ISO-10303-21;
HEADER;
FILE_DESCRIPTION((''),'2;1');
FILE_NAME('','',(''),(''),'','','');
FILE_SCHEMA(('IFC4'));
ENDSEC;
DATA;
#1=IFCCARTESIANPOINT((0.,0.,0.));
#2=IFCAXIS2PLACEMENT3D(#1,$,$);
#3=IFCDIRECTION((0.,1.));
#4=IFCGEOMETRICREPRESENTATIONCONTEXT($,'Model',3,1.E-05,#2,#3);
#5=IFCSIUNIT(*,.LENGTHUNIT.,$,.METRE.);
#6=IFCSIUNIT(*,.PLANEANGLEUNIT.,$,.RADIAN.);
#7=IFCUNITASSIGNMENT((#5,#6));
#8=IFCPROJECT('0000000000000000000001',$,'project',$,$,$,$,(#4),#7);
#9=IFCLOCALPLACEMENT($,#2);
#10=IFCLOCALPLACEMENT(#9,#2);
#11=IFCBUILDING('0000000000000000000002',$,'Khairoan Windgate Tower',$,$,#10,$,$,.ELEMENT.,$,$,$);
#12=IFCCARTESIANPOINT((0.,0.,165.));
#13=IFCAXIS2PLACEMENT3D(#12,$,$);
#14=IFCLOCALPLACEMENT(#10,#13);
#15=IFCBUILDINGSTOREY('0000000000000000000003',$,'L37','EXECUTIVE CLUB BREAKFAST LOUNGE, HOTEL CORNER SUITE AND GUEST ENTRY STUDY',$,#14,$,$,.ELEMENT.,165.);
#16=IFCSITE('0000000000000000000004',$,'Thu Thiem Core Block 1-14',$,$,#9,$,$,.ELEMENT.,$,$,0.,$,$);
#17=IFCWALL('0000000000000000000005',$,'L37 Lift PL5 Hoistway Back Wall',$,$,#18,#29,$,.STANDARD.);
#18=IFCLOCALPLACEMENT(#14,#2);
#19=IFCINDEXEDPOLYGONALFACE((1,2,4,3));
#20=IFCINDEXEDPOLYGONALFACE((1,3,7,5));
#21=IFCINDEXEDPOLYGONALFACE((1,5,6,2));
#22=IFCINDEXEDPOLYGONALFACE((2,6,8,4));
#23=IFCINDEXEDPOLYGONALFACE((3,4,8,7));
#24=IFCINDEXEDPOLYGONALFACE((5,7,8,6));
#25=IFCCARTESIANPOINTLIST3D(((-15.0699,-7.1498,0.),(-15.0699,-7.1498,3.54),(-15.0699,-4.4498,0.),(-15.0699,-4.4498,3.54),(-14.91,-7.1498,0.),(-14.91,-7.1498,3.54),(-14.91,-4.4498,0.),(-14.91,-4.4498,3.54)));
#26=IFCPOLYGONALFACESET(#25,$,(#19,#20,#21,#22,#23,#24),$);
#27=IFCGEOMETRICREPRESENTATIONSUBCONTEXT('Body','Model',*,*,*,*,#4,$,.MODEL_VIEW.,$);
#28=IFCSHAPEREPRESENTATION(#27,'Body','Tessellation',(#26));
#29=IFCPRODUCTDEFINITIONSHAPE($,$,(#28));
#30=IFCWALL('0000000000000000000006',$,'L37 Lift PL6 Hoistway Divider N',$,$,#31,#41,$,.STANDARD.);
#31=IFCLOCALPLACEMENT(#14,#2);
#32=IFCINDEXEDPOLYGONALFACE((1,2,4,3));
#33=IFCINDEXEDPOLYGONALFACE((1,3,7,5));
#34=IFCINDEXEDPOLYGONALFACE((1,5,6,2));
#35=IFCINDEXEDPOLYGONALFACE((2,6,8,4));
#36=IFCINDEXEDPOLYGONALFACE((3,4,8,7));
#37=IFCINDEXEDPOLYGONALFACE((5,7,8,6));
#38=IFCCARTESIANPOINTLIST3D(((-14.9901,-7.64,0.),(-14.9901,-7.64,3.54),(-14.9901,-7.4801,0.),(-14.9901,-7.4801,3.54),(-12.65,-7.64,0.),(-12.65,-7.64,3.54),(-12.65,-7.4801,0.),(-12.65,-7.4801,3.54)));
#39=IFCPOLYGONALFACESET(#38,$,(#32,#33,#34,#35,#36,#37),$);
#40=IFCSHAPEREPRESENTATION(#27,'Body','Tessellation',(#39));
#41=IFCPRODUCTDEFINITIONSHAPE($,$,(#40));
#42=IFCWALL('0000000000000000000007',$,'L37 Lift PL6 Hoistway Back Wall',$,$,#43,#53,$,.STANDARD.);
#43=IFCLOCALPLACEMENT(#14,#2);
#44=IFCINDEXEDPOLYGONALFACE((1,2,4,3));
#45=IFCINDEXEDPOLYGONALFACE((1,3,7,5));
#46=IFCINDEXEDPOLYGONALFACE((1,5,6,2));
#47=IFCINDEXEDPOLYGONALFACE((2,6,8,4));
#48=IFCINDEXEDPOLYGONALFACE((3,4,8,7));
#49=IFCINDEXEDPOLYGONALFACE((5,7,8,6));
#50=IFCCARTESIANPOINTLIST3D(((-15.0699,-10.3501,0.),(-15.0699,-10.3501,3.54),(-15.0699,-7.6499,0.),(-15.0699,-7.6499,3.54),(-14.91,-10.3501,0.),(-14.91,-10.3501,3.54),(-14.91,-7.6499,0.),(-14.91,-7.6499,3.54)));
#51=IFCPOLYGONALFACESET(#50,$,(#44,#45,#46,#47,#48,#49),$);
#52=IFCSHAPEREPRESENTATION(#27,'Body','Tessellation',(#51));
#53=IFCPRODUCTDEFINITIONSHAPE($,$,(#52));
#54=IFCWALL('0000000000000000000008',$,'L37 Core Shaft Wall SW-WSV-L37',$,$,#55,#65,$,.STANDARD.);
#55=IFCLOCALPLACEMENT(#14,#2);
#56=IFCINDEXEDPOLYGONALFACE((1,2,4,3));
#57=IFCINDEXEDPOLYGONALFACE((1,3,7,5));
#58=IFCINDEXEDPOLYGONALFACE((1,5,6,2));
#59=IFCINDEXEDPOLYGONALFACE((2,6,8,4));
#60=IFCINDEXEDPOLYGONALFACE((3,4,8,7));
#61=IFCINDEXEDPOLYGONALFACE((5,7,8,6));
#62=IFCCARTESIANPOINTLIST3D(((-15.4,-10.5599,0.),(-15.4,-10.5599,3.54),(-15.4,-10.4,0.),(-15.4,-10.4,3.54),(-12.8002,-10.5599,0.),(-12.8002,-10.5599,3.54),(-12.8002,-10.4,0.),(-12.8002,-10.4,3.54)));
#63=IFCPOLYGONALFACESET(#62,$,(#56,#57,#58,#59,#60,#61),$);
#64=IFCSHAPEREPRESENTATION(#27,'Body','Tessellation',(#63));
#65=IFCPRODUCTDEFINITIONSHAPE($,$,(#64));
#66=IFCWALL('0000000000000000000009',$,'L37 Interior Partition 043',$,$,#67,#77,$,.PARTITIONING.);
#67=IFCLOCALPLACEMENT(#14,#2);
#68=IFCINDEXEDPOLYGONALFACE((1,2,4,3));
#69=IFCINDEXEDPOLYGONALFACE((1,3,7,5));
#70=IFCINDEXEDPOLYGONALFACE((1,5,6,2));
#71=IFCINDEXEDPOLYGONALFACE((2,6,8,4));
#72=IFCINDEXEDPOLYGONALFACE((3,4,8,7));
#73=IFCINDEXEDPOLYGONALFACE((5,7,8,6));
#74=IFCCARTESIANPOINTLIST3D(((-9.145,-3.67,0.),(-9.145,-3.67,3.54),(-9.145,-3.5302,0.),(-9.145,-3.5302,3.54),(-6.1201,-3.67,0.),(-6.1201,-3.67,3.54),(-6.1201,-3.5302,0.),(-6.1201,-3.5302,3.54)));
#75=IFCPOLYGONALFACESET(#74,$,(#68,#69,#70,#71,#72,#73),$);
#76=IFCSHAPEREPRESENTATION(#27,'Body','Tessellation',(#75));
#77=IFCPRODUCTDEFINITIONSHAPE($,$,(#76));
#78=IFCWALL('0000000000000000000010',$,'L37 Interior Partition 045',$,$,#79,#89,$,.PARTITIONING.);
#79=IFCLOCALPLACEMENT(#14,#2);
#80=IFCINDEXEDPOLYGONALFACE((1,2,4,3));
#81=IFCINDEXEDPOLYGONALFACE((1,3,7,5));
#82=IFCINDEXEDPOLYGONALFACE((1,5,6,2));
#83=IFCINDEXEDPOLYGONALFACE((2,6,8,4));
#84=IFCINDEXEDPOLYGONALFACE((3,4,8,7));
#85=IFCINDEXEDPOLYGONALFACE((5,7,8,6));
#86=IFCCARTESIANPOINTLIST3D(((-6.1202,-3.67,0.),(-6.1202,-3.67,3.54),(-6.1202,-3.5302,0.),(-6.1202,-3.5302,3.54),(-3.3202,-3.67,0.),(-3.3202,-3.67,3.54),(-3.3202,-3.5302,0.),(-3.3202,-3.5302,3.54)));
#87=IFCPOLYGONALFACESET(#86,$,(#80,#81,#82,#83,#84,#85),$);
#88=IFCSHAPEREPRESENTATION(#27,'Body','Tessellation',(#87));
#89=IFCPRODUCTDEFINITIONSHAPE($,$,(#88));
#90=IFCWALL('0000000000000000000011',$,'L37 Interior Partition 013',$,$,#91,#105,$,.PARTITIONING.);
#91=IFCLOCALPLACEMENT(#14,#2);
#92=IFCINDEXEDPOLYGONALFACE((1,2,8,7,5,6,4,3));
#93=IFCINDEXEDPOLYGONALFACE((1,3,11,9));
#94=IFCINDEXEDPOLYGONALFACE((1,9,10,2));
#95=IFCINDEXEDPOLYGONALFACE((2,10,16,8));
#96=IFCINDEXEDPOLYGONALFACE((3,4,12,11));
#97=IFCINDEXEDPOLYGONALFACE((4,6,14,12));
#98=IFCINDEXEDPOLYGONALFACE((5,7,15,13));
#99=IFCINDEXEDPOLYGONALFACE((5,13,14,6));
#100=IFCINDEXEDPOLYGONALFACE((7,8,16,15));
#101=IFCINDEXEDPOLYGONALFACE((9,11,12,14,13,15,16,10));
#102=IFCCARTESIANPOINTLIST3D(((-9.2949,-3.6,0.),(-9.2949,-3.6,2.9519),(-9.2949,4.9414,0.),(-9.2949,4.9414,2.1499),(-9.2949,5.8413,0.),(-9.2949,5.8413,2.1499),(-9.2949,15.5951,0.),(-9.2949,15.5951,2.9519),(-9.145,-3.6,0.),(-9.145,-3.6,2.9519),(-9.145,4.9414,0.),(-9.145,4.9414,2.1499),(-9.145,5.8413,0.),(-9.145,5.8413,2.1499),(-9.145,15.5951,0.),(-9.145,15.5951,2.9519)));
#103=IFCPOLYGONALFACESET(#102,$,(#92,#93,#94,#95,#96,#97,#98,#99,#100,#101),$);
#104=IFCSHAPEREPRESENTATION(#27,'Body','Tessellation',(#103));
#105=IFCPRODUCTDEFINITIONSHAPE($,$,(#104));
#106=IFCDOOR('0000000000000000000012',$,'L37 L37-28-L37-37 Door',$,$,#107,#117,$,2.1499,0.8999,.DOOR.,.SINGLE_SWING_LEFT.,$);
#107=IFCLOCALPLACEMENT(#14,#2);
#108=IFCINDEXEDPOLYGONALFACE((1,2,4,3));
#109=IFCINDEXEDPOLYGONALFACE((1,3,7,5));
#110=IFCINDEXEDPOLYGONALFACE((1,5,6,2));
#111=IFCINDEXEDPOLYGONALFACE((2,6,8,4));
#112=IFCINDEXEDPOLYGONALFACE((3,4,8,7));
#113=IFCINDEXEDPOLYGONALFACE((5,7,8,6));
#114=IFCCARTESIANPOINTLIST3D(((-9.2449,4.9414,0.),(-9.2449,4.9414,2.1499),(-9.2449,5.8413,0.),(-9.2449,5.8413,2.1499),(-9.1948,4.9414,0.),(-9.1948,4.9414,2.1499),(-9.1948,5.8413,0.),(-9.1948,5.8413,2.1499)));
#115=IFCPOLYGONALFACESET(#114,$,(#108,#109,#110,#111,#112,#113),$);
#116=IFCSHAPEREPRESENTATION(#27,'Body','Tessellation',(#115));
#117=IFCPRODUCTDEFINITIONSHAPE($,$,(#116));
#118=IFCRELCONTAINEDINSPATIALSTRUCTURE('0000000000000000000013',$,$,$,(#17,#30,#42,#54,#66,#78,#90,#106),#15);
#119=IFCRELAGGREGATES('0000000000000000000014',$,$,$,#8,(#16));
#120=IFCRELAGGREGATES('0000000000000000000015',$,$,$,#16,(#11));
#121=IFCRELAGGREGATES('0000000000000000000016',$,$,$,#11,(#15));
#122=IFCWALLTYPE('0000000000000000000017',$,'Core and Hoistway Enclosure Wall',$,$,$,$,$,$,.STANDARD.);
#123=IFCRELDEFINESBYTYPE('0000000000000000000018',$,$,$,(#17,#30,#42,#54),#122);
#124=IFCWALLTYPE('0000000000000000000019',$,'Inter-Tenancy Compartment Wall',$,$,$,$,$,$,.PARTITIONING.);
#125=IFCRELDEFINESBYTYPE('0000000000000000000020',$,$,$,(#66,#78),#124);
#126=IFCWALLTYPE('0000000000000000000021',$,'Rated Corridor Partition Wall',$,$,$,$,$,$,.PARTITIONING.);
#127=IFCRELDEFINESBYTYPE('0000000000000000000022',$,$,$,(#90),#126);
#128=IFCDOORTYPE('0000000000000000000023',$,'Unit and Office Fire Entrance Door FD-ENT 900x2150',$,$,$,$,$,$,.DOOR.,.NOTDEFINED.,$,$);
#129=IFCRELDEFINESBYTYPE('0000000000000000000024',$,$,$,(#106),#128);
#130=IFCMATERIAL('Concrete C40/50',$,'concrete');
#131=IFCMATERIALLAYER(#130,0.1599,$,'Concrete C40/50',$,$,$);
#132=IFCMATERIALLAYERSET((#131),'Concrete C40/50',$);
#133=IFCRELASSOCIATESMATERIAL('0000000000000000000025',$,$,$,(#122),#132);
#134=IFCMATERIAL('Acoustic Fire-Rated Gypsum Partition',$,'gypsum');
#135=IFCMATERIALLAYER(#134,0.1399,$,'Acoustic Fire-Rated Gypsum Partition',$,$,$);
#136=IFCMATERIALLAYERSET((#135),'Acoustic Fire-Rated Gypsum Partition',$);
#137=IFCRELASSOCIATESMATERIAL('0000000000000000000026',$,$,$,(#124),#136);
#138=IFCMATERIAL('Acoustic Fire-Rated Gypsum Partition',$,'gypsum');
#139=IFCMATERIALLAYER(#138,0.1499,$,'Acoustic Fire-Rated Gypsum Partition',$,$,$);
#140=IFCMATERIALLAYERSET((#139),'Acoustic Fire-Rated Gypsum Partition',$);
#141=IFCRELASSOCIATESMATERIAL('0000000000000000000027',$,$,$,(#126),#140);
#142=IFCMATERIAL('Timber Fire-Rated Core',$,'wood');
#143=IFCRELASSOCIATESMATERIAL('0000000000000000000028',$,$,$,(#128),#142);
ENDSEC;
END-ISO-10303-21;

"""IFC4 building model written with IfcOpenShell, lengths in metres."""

from ifc_helpers import new_model, si_unit, direction, frame, frame_2d, origin, place, context, subcontext, project, spatial, rectangle, extrude, material, layer, layer_set, type_object, element, fill, save


model = new_model("IFC4")

# Units and contexts
model_context = context("Model", 3, precision=1e-05, world=origin(), true_north=direction((0.0, 1.0)))
body_context = subcontext(model_context, "Body", "Model", "MODEL_VIEW")
ifc_project = project(units=[si_unit("LENGTHUNIT", "METRE"), si_unit("PLANEANGLEUNIT", "RADIAN")], contexts=[model_context])

# Site, building, storey
site_placement = place(None, origin())
site = spatial("IfcSite", under=ifc_project, at=site_placement, Name="Thu Thiem Core Block 1-14", CompositionType="ELEMENT", RefElevation=0.0)
building_placement = place(site_placement, origin())
building = spatial("IfcBuilding", under=site, at=building_placement, Name="Khairoan Windgate Tower", CompositionType="ELEMENT")
storey_placement = place(building_placement, frame((0.0, 0.0, 165.0)))
storey = spatial("IfcBuildingStorey", under=building, at=storey_placement, Name="L37", Description="EXECUTIVE CLUB BREAKFAST LOUNGE, HOTEL CORNER SUITE AND GUEST ENTRY STUDY", CompositionType="ELEMENT", Elevation=165.0)

# Walls
ifc_material_1 = material(Name="Concrete C40/50", Category="concrete")
ifc_layer_1 = layer(ifc_material_1, 0.1599, Name="Concrete C40/50")
ifc_layer_set_1 = layer_set([ifc_layer_1], Name="Concrete C40/50")
wall_type_1 = type_object("IfcWallType", Name="Core and Hoistway Enclosure Wall", PredefinedType="STANDARD", material=ifc_layer_set_1)
wall_1_placement = place(storey_placement, frame((-14.99, -7.1499, 0.0), z_axis=(0.0, 0.0, 1.0), x_axis=(0.0, 1.0, 0.0)))
element("IfcWall", 1, at=wall_1_placement, inside=storey, type_object=wall_type_1, Name="L37 Lift PL5 Hoistway Back Wall", PredefinedType="STANDARD", context=body_context, shape_type="SweptSolid", body=[
    extrude(rectangle(XDim=2.7, YDim=0.1599, at=frame_2d((1.3501, 0.0))), origin(), (0.0, 0.0, 1.0), 3.54),
])
wall_2_placement = place(storey_placement, frame((-14.99, -7.5601, 0.0), z_axis=(0.0, 0.0, 1.0), x_axis=(1.0, 0.0, 0.0)))
element("IfcWall", 2, at=wall_2_placement, inside=storey, type_object=wall_type_1, Name="L37 Lift PL6 Hoistway Divider N", PredefinedType="STANDARD", context=body_context, shape_type="SweptSolid", body=[
    extrude(rectangle(XDim=2.3401, YDim=0.1599, at=frame_2d((1.1699, 0.0))), origin(), (0.0, 0.0, 1.0), 3.54),
])
wall_3_placement = place(storey_placement, frame((-14.99, -10.3501, 0.0), z_axis=(0.0, 0.0, 1.0), x_axis=(0.0, 1.0, 0.0)))
element("IfcWall", 3, at=wall_3_placement, inside=storey, type_object=wall_type_1, Name="L37 Lift PL6 Hoistway Back Wall", PredefinedType="STANDARD", context=body_context, shape_type="SweptSolid", body=[
    extrude(rectangle(XDim=2.7002, YDim=0.1599, at=frame_2d((1.3501, 0.0))), origin(), (0.0, 0.0, 1.0), 3.54),
])
wall_4_placement = place(storey_placement, frame((-15.3999, -10.48, 0.0), z_axis=(0.0, 0.0, 1.0), x_axis=(1.0, 0.0, 0.0)))
element("IfcWall", 4, at=wall_4_placement, inside=storey, type_object=wall_type_1, Name="L37 Core Shaft Wall SW-WSV-L37", PredefinedType="STANDARD", context=body_context, shape_type="SweptSolid", body=[
    extrude(rectangle(XDim=2.5999, YDim=0.1599, at=frame_2d((1.2998, 0.0))), origin(), (0.0, 0.0, 1.0), 3.54),
])
ifc_material_2 = material(Name="Acoustic Fire-Rated Gypsum Partition", Category="gypsum")
ifc_layer_2 = layer(ifc_material_2, 0.1399, Name="Acoustic Fire-Rated Gypsum Partition")
ifc_layer_set_2 = layer_set([ifc_layer_2], Name="Acoustic Fire-Rated Gypsum Partition")
wall_type_2 = type_object("IfcWallType", Name="Inter-Tenancy Compartment Wall", PredefinedType="PARTITIONING", material=ifc_layer_set_2)
wall_5_placement = place(storey_placement, frame((-9.145, -3.6001, 0.0), z_axis=(0.0, 0.0, 1.0), x_axis=(1.0, 0.0, 0.0)))
element("IfcWall", 5, at=wall_5_placement, inside=storey, type_object=wall_type_2, Name="L37 Interior Partition 043", PredefinedType="PARTITIONING", context=body_context, shape_type="SweptSolid", body=[
    extrude(rectangle(XDim=3.0249, YDim=0.1399, at=frame_2d((1.5125, 0.0))), origin(), (0.0, 0.0, 1.0), 3.54),
])
wall_6_placement = place(storey_placement, frame((-6.1201, -3.6001, 0.0), z_axis=(0.0, 0.0, 1.0), x_axis=(1.0, 0.0, 0.0)))
element("IfcWall", 6, at=wall_6_placement, inside=storey, type_object=wall_type_2, Name="L37 Interior Partition 045", PredefinedType="PARTITIONING", context=body_context, shape_type="SweptSolid", body=[
    extrude(rectangle(XDim=2.8, YDim=0.1399, at=frame_2d((1.3999, 0.0))), origin(), (0.0, 0.0, 1.0), 3.54),
])

# Wall, opening, door
ifc_material_3 = material(Name="Acoustic Fire-Rated Gypsum Partition", Category="gypsum")
ifc_layer_3 = layer(ifc_material_3, 0.1499, Name="Acoustic Fire-Rated Gypsum Partition")
ifc_layer_set_3 = layer_set([ifc_layer_3], Name="Acoustic Fire-Rated Gypsum Partition")
wall_type_3 = type_object("IfcWallType", Name="Rated Corridor Partition Wall", PredefinedType="PARTITIONING", material=ifc_layer_set_3)
wall_7_placement = place(storey_placement, frame((-9.22, -3.6001, 0.0), z_axis=(0.0, 0.0, 1.0), x_axis=(0.0, 1.0, 0.0)))
wall_7 = element("IfcWall", 7, at=wall_7_placement, inside=storey, type_object=wall_type_3, Name="L37 Interior Partition 013", PredefinedType="PARTITIONING", context=body_context, shape_type="SweptSolid", body=[
    extrude(rectangle(XDim=19.1951, YDim=0.1499, at=frame_2d((9.5977, 0.0))), origin(), (0.0, 0.0, 1.0), 2.9519),
])
opening_1_placement = place(wall_7_placement, frame((8.5415, 0.0, 0.0)))
opening_1 = element("IfcOpeningElement", 8, at=opening_1_placement, cuts=wall_7, PredefinedType="OPENING", context=body_context, shape_type="SweptSolid", body=[
    extrude(rectangle(XDim=0.8999, YDim=2.1499, at=frame_2d((0.45, 1.075))), frame((0.0, 0.085, 0.0), z_axis=(0.0, -1.0, 0.0), x_axis=(1.0, 0.0, 0.0)), (0.0, 0.0, 1.0), 0.1699),
])
ifc_material_4 = material(Name="Timber Fire-Rated Core", Category="wood")
door_type_1 = type_object("IfcDoorType", Name="Unit and Office Fire Entrance Door FD-ENT 900x2150", OperationType="NOTDEFINED", PredefinedType="DOOR", material=ifc_material_4)
door_1_placement = place(opening_1_placement, origin())
door_1 = element("IfcDoor", 9, at=door_1_placement, inside=storey, type_object=door_type_1, Name="L37 L37-28-L37-37 Door", OperationType="SINGLE_SWING_LEFT", OverallHeight=2.1499, OverallWidth=0.8999, PredefinedType="DOOR", context=body_context, shape_type="SweptSolid", body=[
    extrude(rectangle(XDim=0.8999, YDim=2.1499, at=frame_2d((0.45, 1.075))), frame((0.0, 0.0249, 0.0), z_axis=(0.0, -1.0, 0.0), x_axis=(1.0, 0.0, 0.0)), (0.0, 0.0, 1.0), 0.05),
])
fill(opening_1, door_1)

save(model, "model.ifc")
